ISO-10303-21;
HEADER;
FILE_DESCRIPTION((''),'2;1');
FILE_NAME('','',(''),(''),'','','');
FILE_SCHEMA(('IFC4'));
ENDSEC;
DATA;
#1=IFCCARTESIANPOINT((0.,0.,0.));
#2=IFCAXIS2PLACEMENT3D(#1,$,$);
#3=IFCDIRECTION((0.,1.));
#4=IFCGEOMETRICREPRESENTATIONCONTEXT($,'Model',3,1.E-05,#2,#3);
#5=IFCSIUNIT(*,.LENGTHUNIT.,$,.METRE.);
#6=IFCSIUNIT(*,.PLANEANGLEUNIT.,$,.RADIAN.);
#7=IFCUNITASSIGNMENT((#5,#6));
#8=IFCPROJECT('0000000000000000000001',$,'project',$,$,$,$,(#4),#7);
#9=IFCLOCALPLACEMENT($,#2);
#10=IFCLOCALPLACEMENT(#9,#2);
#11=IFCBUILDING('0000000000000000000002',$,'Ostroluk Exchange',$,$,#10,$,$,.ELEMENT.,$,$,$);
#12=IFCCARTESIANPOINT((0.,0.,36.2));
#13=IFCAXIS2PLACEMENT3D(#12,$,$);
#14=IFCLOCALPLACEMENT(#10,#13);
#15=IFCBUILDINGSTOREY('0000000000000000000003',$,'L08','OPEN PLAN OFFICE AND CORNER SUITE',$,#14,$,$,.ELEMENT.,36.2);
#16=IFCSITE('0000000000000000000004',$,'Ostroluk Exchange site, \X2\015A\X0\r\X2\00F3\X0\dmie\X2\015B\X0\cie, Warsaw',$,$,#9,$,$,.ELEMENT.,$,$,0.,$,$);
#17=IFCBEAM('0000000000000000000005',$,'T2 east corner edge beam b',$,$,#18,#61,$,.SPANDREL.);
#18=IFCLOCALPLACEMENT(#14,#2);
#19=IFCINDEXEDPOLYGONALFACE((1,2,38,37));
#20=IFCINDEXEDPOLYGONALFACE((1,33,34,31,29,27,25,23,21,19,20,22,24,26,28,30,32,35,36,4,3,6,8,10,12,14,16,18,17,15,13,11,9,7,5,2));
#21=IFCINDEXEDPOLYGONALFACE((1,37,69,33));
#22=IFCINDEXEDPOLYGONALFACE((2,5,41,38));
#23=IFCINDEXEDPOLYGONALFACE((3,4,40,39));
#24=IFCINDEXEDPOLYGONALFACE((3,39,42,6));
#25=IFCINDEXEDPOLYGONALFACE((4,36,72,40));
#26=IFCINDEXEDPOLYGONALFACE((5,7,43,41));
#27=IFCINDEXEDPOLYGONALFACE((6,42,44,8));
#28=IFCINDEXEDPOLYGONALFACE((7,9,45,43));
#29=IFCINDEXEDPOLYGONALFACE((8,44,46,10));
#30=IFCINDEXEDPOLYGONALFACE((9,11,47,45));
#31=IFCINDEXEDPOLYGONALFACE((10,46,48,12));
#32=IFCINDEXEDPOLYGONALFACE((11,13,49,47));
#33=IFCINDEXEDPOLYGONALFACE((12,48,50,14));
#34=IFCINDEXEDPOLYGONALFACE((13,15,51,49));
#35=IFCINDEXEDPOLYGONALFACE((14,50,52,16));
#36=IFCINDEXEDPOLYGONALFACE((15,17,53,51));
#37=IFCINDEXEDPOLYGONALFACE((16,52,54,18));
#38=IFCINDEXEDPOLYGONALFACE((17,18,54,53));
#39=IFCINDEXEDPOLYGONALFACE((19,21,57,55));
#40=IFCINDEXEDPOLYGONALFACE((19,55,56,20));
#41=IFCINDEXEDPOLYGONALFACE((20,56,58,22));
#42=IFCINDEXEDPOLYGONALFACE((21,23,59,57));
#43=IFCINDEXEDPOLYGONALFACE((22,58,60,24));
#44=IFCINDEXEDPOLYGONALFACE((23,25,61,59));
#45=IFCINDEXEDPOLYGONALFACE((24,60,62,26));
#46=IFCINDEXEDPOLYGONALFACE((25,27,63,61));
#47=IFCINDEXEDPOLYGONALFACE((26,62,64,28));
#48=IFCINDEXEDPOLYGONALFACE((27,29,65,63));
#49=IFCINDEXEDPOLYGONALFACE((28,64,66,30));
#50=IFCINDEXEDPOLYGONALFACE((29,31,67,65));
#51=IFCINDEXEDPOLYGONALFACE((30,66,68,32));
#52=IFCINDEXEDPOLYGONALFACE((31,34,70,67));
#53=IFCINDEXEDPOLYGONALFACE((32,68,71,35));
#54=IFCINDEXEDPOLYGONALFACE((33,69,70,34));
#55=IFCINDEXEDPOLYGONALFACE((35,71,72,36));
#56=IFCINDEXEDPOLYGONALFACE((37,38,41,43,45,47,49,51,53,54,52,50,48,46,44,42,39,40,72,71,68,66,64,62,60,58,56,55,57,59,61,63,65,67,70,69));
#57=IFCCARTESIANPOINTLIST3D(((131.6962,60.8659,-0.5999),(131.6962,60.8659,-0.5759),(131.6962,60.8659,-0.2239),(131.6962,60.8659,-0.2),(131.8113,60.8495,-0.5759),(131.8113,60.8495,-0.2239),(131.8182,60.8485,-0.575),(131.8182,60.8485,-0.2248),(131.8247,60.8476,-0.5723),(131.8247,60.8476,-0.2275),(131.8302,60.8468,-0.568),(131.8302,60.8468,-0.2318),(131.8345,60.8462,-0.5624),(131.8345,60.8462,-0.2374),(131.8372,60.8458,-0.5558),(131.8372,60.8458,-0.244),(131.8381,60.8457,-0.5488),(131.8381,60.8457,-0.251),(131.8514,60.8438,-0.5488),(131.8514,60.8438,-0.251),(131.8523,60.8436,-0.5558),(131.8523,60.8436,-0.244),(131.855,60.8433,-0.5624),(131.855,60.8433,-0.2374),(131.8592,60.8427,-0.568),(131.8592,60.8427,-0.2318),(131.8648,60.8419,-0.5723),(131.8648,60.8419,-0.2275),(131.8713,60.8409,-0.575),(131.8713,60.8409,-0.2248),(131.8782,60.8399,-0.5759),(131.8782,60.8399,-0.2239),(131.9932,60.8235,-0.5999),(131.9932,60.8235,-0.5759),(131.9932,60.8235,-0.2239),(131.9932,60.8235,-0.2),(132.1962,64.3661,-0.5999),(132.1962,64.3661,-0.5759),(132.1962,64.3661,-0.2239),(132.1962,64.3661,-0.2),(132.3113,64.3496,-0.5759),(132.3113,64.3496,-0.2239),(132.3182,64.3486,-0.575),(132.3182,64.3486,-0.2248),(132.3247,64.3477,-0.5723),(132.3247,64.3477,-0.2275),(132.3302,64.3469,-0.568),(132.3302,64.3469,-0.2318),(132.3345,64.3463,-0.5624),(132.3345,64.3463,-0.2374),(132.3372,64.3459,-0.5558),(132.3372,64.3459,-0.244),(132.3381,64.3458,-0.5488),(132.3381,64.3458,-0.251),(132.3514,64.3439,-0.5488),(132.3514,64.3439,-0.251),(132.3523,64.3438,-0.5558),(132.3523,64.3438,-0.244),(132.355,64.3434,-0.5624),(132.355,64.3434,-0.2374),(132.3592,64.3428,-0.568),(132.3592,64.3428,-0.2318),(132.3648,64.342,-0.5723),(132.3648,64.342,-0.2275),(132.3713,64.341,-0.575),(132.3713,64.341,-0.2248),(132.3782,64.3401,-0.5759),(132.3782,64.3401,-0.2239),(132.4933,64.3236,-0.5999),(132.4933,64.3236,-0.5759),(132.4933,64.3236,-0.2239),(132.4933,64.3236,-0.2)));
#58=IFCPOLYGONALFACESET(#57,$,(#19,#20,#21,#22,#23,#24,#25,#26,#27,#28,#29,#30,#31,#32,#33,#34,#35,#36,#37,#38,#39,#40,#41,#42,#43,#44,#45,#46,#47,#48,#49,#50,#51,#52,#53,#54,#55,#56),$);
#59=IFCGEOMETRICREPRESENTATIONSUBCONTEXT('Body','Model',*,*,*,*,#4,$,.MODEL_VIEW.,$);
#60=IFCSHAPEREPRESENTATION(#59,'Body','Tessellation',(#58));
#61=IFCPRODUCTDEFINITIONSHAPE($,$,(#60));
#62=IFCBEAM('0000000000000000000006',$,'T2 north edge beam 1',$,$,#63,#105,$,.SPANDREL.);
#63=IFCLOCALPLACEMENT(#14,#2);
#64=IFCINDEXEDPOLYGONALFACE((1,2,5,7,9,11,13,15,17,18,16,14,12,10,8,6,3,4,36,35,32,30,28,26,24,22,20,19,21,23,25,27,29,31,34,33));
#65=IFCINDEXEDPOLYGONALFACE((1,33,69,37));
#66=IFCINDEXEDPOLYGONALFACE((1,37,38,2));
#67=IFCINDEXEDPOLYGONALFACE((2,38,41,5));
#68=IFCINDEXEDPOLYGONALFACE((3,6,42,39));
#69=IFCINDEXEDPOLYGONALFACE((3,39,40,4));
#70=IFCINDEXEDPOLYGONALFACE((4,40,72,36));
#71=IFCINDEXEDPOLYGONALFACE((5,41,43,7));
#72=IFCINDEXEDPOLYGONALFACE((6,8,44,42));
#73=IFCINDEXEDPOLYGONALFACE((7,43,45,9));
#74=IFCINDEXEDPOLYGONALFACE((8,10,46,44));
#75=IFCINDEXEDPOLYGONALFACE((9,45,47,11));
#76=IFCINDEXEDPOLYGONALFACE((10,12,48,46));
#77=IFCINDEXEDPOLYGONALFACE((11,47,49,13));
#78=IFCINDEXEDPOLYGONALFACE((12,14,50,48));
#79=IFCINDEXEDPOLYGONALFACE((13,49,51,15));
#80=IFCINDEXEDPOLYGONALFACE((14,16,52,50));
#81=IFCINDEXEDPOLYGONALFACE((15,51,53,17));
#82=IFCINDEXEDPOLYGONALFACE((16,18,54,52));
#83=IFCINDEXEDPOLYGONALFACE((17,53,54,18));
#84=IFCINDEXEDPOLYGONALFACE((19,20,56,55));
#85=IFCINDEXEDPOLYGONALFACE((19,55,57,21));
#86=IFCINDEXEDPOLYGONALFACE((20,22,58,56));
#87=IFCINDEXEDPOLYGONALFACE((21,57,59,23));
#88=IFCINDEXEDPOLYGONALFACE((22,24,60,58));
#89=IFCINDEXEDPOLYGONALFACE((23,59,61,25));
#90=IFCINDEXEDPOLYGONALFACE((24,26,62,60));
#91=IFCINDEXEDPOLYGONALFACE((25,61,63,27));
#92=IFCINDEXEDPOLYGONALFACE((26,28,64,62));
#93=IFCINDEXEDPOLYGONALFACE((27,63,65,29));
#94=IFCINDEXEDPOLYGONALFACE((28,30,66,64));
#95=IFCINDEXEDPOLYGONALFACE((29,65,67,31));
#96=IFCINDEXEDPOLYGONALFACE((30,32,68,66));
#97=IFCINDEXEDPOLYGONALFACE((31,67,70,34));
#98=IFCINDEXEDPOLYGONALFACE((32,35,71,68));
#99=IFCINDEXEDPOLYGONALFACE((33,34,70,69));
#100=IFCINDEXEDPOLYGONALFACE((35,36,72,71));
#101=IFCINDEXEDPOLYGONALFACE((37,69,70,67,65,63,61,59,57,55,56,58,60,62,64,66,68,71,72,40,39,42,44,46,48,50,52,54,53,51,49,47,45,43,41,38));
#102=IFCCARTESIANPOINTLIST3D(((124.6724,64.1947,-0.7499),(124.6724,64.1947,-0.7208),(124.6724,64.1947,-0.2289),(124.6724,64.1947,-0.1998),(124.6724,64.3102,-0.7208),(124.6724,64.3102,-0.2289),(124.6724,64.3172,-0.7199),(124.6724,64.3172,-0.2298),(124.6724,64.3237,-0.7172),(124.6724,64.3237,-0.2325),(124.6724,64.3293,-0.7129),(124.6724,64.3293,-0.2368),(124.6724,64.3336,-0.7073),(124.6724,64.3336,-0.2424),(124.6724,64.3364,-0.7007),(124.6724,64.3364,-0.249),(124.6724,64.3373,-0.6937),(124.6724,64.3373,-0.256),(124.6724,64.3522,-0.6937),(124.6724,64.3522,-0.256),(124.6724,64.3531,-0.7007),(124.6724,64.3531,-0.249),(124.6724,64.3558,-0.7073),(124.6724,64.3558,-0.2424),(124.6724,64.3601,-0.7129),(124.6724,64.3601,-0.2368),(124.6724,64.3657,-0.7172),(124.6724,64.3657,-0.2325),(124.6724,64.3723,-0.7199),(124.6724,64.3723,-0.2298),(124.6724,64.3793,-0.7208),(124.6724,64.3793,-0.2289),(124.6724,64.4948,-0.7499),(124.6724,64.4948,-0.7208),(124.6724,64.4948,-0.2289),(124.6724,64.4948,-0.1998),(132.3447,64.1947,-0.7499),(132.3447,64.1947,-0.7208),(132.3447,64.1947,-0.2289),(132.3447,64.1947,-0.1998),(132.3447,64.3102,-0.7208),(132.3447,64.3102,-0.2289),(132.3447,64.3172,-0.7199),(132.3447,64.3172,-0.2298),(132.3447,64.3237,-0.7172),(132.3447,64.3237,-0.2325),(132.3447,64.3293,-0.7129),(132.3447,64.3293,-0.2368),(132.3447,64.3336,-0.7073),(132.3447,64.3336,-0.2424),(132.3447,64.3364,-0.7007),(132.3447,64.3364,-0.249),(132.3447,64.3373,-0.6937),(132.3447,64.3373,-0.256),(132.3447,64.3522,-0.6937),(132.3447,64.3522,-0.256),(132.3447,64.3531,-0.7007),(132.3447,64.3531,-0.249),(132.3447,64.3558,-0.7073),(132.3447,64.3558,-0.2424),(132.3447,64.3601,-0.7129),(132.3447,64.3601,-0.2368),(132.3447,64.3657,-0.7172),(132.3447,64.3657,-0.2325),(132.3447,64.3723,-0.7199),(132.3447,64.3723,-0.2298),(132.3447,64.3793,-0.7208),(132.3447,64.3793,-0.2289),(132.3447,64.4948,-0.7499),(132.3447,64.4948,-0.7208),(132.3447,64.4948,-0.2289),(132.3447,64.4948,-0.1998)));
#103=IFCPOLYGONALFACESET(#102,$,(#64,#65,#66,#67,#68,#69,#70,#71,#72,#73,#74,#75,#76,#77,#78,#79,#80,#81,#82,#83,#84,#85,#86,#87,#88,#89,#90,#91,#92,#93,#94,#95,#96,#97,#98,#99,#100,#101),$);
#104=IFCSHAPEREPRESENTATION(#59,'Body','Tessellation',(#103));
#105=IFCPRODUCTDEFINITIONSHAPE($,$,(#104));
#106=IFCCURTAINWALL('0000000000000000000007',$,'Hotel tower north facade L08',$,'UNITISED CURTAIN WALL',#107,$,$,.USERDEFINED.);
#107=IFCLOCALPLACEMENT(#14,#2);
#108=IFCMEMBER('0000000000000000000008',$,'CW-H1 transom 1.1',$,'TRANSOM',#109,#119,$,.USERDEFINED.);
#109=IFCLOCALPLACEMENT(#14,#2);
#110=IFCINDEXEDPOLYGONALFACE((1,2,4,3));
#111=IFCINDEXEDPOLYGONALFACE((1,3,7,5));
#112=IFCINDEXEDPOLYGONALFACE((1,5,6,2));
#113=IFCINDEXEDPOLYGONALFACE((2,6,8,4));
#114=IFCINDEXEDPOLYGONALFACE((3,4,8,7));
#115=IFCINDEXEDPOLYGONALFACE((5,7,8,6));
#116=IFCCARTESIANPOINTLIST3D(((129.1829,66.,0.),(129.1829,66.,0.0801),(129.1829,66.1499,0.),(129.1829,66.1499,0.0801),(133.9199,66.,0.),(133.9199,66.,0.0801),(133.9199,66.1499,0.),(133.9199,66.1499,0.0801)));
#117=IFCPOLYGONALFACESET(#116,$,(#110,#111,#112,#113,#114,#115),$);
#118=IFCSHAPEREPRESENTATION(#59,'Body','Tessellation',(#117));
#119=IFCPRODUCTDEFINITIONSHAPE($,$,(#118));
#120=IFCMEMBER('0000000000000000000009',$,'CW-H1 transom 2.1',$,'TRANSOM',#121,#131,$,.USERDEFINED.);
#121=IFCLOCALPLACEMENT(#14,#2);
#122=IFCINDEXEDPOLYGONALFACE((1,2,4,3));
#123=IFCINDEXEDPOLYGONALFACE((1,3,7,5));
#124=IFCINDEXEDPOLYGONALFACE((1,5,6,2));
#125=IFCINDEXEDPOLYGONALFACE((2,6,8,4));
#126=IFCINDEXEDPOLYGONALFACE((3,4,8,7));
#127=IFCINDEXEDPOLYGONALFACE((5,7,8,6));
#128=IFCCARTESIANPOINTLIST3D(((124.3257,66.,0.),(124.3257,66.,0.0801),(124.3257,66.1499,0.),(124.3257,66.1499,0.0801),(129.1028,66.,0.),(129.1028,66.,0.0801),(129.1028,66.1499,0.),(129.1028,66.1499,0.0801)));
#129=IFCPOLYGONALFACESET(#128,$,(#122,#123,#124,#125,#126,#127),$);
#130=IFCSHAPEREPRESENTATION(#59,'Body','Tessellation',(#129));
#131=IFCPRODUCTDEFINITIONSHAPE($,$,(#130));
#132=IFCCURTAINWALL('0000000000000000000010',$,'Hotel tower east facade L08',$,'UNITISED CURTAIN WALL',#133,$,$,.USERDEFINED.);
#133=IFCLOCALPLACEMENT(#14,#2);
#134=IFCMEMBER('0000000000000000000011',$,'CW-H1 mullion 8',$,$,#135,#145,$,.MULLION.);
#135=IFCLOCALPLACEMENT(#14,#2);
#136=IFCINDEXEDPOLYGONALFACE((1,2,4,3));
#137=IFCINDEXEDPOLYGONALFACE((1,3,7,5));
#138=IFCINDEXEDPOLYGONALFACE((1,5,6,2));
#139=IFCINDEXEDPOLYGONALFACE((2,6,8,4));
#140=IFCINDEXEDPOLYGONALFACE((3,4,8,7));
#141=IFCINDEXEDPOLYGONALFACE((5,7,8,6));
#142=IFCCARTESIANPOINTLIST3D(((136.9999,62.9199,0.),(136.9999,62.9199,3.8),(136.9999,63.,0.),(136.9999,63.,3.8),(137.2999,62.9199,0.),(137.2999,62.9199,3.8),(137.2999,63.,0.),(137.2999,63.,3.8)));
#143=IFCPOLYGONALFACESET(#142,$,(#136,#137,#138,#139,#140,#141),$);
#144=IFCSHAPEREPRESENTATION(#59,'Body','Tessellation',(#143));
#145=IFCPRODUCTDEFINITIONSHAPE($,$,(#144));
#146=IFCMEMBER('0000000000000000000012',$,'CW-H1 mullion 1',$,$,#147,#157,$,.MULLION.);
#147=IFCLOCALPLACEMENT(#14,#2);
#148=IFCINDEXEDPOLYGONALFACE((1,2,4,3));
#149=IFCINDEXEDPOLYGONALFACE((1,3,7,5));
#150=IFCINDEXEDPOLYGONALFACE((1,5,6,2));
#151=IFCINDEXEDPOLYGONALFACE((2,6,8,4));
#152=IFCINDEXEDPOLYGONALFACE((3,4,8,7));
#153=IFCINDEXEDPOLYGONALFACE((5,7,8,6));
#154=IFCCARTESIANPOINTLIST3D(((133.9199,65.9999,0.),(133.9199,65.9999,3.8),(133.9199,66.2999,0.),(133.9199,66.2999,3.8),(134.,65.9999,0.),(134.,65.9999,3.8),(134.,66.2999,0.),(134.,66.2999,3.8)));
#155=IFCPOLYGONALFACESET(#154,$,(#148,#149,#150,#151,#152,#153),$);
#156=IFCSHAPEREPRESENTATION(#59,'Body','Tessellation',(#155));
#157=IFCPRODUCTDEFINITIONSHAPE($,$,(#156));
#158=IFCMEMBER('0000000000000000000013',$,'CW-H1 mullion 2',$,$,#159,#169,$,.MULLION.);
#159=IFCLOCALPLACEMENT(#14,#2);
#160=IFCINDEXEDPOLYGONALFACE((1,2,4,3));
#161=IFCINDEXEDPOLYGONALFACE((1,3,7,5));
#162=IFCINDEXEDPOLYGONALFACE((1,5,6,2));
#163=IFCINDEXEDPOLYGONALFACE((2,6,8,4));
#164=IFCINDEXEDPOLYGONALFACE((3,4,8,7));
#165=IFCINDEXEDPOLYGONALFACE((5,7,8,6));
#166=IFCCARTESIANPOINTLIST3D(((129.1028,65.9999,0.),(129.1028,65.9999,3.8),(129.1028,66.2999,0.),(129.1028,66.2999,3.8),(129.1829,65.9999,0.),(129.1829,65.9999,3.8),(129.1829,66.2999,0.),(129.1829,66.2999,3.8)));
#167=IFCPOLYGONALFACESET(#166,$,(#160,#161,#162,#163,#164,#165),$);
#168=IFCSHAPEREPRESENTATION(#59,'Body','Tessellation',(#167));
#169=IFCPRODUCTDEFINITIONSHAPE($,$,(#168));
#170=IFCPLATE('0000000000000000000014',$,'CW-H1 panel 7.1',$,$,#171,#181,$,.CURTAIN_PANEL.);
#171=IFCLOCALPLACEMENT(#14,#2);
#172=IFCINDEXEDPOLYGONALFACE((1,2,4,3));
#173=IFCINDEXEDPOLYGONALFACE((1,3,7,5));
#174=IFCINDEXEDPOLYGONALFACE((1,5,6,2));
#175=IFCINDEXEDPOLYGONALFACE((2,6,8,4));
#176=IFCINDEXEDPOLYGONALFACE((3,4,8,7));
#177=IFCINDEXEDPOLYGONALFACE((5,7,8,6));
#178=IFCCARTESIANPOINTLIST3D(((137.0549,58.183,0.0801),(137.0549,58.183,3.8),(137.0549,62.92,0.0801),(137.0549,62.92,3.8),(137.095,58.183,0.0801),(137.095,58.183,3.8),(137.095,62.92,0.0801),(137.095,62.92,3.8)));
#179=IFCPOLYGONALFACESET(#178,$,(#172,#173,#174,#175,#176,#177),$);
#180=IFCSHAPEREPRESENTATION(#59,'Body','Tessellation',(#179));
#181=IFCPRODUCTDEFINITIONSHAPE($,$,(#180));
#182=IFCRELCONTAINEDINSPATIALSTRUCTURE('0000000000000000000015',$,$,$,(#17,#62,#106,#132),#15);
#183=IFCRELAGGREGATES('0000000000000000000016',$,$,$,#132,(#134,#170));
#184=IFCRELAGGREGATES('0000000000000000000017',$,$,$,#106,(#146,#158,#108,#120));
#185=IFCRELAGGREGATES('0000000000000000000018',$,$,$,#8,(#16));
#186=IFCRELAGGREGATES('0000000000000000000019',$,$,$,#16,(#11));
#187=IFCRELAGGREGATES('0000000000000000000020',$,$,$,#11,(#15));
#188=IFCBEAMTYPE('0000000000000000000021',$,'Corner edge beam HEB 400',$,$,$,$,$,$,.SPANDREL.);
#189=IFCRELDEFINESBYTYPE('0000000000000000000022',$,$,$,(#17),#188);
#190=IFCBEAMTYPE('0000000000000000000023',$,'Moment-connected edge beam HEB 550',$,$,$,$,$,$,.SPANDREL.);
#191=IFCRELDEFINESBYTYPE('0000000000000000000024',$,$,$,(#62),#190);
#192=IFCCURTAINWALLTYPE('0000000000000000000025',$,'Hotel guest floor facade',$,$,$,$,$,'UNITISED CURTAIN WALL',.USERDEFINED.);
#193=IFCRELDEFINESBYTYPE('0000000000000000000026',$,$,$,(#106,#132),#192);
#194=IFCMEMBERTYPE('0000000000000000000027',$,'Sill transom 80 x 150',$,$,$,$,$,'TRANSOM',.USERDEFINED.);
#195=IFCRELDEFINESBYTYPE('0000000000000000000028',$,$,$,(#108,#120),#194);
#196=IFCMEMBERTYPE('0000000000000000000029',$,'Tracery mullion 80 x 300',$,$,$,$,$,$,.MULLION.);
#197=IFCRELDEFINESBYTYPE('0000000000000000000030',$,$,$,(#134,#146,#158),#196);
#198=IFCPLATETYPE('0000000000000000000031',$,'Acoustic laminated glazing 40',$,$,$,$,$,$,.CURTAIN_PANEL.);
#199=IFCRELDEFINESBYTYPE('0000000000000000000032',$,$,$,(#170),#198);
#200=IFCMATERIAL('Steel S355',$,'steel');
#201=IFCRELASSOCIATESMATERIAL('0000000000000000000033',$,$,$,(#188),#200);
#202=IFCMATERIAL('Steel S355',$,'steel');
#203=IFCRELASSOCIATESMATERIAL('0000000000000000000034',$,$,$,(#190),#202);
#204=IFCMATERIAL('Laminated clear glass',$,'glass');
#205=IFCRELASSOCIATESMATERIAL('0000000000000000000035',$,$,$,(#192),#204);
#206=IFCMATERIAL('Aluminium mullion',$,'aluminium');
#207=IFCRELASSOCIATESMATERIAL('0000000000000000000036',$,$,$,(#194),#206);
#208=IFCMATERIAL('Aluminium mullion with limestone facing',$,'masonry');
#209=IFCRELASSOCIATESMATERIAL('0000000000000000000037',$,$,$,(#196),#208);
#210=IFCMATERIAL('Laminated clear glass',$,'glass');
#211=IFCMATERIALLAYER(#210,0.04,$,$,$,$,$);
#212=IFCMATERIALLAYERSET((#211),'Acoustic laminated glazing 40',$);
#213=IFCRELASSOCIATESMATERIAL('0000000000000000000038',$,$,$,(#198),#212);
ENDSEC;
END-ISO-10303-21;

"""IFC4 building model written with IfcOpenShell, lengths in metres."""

from ifc_helpers import new_model, si_unit, direction, frame, origin, origin_2d, place, context, subcontext, project, spatial, rectangle, i_section, extrude, material, layer, layer_set, material_profile, profile_set, type_object, element, aggregate, save


model = new_model("IFC4")

# Units and contexts
model_context = context("Model", 3, precision=1e-05, world=origin(), true_north=direction((0.0, 1.0)))
body_context = subcontext(model_context, "Body", "Model", "MODEL_VIEW")
ifc_project = project(units=[si_unit("LENGTHUNIT", "METRE"), si_unit("PLANEANGLEUNIT", "RADIAN")], contexts=[model_context])

# Site, building, storey
site_placement = place(None, origin())
site = spatial("IfcSite", under=ifc_project, at=site_placement, Name="Ostroluk Exchange site, Śródmieście, Warsaw", CompositionType="ELEMENT", RefElevation=0.0)
building_placement = place(site_placement, origin())
building = spatial("IfcBuilding", under=site, at=building_placement, Name="Ostroluk Exchange", CompositionType="ELEMENT")
storey_placement = place(building_placement, frame((0.0, 0.0, 36.2)))
storey = spatial("IfcBuildingStorey", under=building, at=storey_placement, Name="L08", Description="OPEN PLAN OFFICE AND CORNER SUITE", CompositionType="ELEMENT", Elevation=36.2)

# Beams
ifc_material_1 = material(Name="Steel S355", Category="steel")
ifc_material_profile_1 = material_profile(ifc_material_1, i_section(OverallWidth=0.3, OverallDepth=0.3999, WebThickness=0.0134, FlangeThickness=0.0239, FilletRadius=0.0271, at=origin_2d()), Name="HEB 400")
ifc_profile_set_1 = profile_set([ifc_material_profile_1], Name="Steel S355")
beam_type_1 = type_object("IfcBeamType", Name="Corner edge beam HEB 400", PredefinedType="SPANDREL", material=ifc_profile_set_1)
for number, where, z_axis, x_axis, name in (
    (1, (131.8447, 60.8447, -0.3999), (0.141421, 0.989949, 0.0), (-0.989949, 0.141421, 0.0), "T2 east corner edge beam b"),
):
    element("IfcBeam", number, at=place(storey_placement, frame(where, z_axis=z_axis, x_axis=x_axis)), inside=storey, type_object=beam_type_1, Name=name, PredefinedType="SPANDREL", context=body_context, shape_type="SweptSolid", body=[
        extrude(i_section(OverallWidth=0.3, OverallDepth=0.3999, WebThickness=0.0134, FlangeThickness=0.0239, FilletRadius=0.0271, at=origin_2d()), origin(), (0.0, 0.0, 1.0), 3.5356),
    ])
ifc_material_2 = material(Name="Steel S355", Category="steel")
ifc_material_profile_2 = material_profile(ifc_material_2, i_section(OverallWidth=0.3, OverallDepth=0.55, WebThickness=0.0149, FlangeThickness=0.0291, FilletRadius=0.0271, at=origin_2d()), Name="HEB 550")
ifc_profile_set_2 = profile_set([ifc_material_profile_2], Name="Steel S355")
beam_type_2 = type_object("IfcBeamType", Name="Moment-connected edge beam HEB 550", PredefinedType="SPANDREL", material=ifc_profile_set_2)
beam_1_placement = place(storey_placement, frame((132.3447, 64.3447, -0.4749), z_axis=(-1.0, 0.0, 0.0), x_axis=(0.0, -1.0, 0.0)))
element("IfcBeam", 2, at=beam_1_placement, inside=storey, type_object=beam_type_2, Name="T2 north edge beam 1", PredefinedType="SPANDREL", context=body_context, shape_type="SweptSolid", body=[
    extrude(i_section(OverallWidth=0.3, OverallDepth=0.55, WebThickness=0.0149, FlangeThickness=0.0291, FilletRadius=0.0271, at=origin_2d()), origin(), (0.0, 0.0, 1.0), 7.6724),
])

# Curtain wall, members
ifc_material_3 = material(Name="Laminated clear glass", Category="glass")
curtain_wall_type = type_object("IfcCurtainWallType", Name="Hotel guest floor facade", ElementType="UNITISED CURTAIN WALL", PredefinedType="USERDEFINED", material=ifc_material_3)
curtain_wall_1_placement = place(storey_placement, origin())
curtain_wall_1 = element("IfcCurtainWall", 3, at=curtain_wall_1_placement, inside=storey, type_object=curtain_wall_type, Name="Hotel tower north facade L08", ObjectType="UNITISED CURTAIN WALL", PredefinedType="USERDEFINED")
ifc_material_4 = material(Name="Aluminium mullion", Category="aluminium")
ifc_material_profile_3 = material_profile(ifc_material_4, rectangle(XDim=0.1499, YDim=0.0801, at=origin_2d()), Name="Sill transom 80 x 150")
ifc_profile_set_3 = profile_set([ifc_material_profile_3], Name="Aluminium mullion")
member_type_1 = type_object("IfcMemberType", Name="Sill transom 80 x 150", ElementType="TRANSOM", PredefinedType="USERDEFINED", material=ifc_profile_set_3)
member_1_placement = place(storey_placement, frame((133.9199, 66.075, 0.04), z_axis=(-1.0, 0.0, 0.0), x_axis=(0.0, -1.0, 0.0)))
member_1 = element("IfcMember", 4, at=member_1_placement, type_object=member_type_1, Name="CW-H1 transom 1.1", ObjectType="TRANSOM", PredefinedType="USERDEFINED", context=body_context, shape_type="SweptSolid", body=[
    extrude(rectangle(XDim=0.1499, YDim=0.0801, at=origin_2d()), origin(), (0.0, 0.0, 1.0), 4.7371),
])
member_2_placement = place(storey_placement, frame((129.1028, 66.075, 0.04), z_axis=(-1.0, 0.0, 0.0), x_axis=(0.0, -1.0, 0.0)))
member_2 = element("IfcMember", 5, at=member_2_placement, type_object=member_type_1, Name="CW-H1 transom 2.1", ObjectType="TRANSOM", PredefinedType="USERDEFINED", context=body_context, shape_type="SweptSolid", body=[
    extrude(rectangle(XDim=0.1499, YDim=0.0801, at=origin_2d()), origin(), (0.0, 0.0, 1.0), 4.7771),
])

# Curtain wall, member
curtain_wall_2_placement = place(storey_placement, origin())
curtain_wall_2 = element("IfcCurtainWall", 6, at=curtain_wall_2_placement, inside=storey, type_object=curtain_wall_type, Name="Hotel tower east facade L08", ObjectType="UNITISED CURTAIN WALL", PredefinedType="USERDEFINED")
ifc_material_5 = material(Name="Aluminium mullion with limestone facing", Category="masonry")
ifc_material_profile_4 = material_profile(ifc_material_5, rectangle(XDim=0.3, YDim=0.0801, at=origin_2d()), Name="Tracery mullion 80 x 300")
ifc_profile_set_4 = profile_set([ifc_material_profile_4], Name="Aluminium mullion with limestone facing")
member_type_2 = type_object("IfcMemberType", Name="Tracery mullion 80 x 300", PredefinedType="MULLION", material=ifc_profile_set_4)
member_3_placement = place(storey_placement, frame((137.1499, 62.96, 0.0), z_axis=(0.0, 0.0, 1.0), x_axis=(-1.0, 0.0, 0.0)))
member_3 = element("IfcMember", 7, at=member_3_placement, type_object=member_type_2, Name="CW-H1 mullion 8", PredefinedType="MULLION", context=body_context, shape_type="SweptSolid", body=[
    extrude(rectangle(XDim=0.3, YDim=0.0801, at=origin_2d()), origin(), (0.0, 0.0, 1.0), 3.8),
])

# Members
member_4_placement = place(storey_placement, frame((133.96, 66.1499, 0.0), z_axis=(0.0, 0.0, 1.0), x_axis=(0.0, -1.0, 0.0)))
member_4 = element("IfcMember", 8, at=member_4_placement, type_object=member_type_2, Name="CW-H1 mullion 1", PredefinedType="MULLION", context=body_context, shape_type="SweptSolid", body=[
    extrude(rectangle(XDim=0.3, YDim=0.0801, at=origin_2d()), origin(), (0.0, 0.0, 1.0), 3.8),
])
member_5_placement = place(storey_placement, frame((129.1428, 66.1499, 0.0), z_axis=(0.0, 0.0, 1.0), x_axis=(0.0, -1.0, 0.0)))
member_5 = element("IfcMember", 9, at=member_5_placement, type_object=member_type_2, Name="CW-H1 mullion 2", PredefinedType="MULLION", context=body_context, shape_type="SweptSolid", body=[
    extrude(rectangle(XDim=0.3, YDim=0.0801, at=origin_2d()), origin(), (0.0, 0.0, 1.0), 3.8),
])

# Plate
ifc_material_6 = material(Name="Laminated clear glass", Category="glass")
ifc_layer_1 = layer(ifc_material_6, 0.04)
ifc_layer_set_1 = layer_set([ifc_layer_1], Name="Acoustic laminated glazing 40")
plate_type_1 = type_object("IfcPlateType", Name="Acoustic laminated glazing 40", PredefinedType="CURTAIN_PANEL", material=ifc_layer_set_1)
plate_1_placement = place(storey_placement, frame((137.075, 60.5515, 0.0801), z_axis=(0.0, 0.0, 1.0), x_axis=(0.0, 1.0, 0.0)))
plate_1 = element("IfcPlate", 10, at=plate_1_placement, type_object=plate_type_1, Name="CW-H1 panel 7.1", PredefinedType="CURTAIN_PANEL", context=body_context, shape_type="SweptSolid", body=[
    extrude(rectangle(XDim=4.7371, YDim=0.04, at=origin_2d()), origin(), (0.0, 0.0, 1.0), 3.72),
])
aggregate(curtain_wall_2, [member_3, plate_1])
aggregate(curtain_wall_1, [member_4, member_5, member_1, member_2])

save(model, "model.ifc")
